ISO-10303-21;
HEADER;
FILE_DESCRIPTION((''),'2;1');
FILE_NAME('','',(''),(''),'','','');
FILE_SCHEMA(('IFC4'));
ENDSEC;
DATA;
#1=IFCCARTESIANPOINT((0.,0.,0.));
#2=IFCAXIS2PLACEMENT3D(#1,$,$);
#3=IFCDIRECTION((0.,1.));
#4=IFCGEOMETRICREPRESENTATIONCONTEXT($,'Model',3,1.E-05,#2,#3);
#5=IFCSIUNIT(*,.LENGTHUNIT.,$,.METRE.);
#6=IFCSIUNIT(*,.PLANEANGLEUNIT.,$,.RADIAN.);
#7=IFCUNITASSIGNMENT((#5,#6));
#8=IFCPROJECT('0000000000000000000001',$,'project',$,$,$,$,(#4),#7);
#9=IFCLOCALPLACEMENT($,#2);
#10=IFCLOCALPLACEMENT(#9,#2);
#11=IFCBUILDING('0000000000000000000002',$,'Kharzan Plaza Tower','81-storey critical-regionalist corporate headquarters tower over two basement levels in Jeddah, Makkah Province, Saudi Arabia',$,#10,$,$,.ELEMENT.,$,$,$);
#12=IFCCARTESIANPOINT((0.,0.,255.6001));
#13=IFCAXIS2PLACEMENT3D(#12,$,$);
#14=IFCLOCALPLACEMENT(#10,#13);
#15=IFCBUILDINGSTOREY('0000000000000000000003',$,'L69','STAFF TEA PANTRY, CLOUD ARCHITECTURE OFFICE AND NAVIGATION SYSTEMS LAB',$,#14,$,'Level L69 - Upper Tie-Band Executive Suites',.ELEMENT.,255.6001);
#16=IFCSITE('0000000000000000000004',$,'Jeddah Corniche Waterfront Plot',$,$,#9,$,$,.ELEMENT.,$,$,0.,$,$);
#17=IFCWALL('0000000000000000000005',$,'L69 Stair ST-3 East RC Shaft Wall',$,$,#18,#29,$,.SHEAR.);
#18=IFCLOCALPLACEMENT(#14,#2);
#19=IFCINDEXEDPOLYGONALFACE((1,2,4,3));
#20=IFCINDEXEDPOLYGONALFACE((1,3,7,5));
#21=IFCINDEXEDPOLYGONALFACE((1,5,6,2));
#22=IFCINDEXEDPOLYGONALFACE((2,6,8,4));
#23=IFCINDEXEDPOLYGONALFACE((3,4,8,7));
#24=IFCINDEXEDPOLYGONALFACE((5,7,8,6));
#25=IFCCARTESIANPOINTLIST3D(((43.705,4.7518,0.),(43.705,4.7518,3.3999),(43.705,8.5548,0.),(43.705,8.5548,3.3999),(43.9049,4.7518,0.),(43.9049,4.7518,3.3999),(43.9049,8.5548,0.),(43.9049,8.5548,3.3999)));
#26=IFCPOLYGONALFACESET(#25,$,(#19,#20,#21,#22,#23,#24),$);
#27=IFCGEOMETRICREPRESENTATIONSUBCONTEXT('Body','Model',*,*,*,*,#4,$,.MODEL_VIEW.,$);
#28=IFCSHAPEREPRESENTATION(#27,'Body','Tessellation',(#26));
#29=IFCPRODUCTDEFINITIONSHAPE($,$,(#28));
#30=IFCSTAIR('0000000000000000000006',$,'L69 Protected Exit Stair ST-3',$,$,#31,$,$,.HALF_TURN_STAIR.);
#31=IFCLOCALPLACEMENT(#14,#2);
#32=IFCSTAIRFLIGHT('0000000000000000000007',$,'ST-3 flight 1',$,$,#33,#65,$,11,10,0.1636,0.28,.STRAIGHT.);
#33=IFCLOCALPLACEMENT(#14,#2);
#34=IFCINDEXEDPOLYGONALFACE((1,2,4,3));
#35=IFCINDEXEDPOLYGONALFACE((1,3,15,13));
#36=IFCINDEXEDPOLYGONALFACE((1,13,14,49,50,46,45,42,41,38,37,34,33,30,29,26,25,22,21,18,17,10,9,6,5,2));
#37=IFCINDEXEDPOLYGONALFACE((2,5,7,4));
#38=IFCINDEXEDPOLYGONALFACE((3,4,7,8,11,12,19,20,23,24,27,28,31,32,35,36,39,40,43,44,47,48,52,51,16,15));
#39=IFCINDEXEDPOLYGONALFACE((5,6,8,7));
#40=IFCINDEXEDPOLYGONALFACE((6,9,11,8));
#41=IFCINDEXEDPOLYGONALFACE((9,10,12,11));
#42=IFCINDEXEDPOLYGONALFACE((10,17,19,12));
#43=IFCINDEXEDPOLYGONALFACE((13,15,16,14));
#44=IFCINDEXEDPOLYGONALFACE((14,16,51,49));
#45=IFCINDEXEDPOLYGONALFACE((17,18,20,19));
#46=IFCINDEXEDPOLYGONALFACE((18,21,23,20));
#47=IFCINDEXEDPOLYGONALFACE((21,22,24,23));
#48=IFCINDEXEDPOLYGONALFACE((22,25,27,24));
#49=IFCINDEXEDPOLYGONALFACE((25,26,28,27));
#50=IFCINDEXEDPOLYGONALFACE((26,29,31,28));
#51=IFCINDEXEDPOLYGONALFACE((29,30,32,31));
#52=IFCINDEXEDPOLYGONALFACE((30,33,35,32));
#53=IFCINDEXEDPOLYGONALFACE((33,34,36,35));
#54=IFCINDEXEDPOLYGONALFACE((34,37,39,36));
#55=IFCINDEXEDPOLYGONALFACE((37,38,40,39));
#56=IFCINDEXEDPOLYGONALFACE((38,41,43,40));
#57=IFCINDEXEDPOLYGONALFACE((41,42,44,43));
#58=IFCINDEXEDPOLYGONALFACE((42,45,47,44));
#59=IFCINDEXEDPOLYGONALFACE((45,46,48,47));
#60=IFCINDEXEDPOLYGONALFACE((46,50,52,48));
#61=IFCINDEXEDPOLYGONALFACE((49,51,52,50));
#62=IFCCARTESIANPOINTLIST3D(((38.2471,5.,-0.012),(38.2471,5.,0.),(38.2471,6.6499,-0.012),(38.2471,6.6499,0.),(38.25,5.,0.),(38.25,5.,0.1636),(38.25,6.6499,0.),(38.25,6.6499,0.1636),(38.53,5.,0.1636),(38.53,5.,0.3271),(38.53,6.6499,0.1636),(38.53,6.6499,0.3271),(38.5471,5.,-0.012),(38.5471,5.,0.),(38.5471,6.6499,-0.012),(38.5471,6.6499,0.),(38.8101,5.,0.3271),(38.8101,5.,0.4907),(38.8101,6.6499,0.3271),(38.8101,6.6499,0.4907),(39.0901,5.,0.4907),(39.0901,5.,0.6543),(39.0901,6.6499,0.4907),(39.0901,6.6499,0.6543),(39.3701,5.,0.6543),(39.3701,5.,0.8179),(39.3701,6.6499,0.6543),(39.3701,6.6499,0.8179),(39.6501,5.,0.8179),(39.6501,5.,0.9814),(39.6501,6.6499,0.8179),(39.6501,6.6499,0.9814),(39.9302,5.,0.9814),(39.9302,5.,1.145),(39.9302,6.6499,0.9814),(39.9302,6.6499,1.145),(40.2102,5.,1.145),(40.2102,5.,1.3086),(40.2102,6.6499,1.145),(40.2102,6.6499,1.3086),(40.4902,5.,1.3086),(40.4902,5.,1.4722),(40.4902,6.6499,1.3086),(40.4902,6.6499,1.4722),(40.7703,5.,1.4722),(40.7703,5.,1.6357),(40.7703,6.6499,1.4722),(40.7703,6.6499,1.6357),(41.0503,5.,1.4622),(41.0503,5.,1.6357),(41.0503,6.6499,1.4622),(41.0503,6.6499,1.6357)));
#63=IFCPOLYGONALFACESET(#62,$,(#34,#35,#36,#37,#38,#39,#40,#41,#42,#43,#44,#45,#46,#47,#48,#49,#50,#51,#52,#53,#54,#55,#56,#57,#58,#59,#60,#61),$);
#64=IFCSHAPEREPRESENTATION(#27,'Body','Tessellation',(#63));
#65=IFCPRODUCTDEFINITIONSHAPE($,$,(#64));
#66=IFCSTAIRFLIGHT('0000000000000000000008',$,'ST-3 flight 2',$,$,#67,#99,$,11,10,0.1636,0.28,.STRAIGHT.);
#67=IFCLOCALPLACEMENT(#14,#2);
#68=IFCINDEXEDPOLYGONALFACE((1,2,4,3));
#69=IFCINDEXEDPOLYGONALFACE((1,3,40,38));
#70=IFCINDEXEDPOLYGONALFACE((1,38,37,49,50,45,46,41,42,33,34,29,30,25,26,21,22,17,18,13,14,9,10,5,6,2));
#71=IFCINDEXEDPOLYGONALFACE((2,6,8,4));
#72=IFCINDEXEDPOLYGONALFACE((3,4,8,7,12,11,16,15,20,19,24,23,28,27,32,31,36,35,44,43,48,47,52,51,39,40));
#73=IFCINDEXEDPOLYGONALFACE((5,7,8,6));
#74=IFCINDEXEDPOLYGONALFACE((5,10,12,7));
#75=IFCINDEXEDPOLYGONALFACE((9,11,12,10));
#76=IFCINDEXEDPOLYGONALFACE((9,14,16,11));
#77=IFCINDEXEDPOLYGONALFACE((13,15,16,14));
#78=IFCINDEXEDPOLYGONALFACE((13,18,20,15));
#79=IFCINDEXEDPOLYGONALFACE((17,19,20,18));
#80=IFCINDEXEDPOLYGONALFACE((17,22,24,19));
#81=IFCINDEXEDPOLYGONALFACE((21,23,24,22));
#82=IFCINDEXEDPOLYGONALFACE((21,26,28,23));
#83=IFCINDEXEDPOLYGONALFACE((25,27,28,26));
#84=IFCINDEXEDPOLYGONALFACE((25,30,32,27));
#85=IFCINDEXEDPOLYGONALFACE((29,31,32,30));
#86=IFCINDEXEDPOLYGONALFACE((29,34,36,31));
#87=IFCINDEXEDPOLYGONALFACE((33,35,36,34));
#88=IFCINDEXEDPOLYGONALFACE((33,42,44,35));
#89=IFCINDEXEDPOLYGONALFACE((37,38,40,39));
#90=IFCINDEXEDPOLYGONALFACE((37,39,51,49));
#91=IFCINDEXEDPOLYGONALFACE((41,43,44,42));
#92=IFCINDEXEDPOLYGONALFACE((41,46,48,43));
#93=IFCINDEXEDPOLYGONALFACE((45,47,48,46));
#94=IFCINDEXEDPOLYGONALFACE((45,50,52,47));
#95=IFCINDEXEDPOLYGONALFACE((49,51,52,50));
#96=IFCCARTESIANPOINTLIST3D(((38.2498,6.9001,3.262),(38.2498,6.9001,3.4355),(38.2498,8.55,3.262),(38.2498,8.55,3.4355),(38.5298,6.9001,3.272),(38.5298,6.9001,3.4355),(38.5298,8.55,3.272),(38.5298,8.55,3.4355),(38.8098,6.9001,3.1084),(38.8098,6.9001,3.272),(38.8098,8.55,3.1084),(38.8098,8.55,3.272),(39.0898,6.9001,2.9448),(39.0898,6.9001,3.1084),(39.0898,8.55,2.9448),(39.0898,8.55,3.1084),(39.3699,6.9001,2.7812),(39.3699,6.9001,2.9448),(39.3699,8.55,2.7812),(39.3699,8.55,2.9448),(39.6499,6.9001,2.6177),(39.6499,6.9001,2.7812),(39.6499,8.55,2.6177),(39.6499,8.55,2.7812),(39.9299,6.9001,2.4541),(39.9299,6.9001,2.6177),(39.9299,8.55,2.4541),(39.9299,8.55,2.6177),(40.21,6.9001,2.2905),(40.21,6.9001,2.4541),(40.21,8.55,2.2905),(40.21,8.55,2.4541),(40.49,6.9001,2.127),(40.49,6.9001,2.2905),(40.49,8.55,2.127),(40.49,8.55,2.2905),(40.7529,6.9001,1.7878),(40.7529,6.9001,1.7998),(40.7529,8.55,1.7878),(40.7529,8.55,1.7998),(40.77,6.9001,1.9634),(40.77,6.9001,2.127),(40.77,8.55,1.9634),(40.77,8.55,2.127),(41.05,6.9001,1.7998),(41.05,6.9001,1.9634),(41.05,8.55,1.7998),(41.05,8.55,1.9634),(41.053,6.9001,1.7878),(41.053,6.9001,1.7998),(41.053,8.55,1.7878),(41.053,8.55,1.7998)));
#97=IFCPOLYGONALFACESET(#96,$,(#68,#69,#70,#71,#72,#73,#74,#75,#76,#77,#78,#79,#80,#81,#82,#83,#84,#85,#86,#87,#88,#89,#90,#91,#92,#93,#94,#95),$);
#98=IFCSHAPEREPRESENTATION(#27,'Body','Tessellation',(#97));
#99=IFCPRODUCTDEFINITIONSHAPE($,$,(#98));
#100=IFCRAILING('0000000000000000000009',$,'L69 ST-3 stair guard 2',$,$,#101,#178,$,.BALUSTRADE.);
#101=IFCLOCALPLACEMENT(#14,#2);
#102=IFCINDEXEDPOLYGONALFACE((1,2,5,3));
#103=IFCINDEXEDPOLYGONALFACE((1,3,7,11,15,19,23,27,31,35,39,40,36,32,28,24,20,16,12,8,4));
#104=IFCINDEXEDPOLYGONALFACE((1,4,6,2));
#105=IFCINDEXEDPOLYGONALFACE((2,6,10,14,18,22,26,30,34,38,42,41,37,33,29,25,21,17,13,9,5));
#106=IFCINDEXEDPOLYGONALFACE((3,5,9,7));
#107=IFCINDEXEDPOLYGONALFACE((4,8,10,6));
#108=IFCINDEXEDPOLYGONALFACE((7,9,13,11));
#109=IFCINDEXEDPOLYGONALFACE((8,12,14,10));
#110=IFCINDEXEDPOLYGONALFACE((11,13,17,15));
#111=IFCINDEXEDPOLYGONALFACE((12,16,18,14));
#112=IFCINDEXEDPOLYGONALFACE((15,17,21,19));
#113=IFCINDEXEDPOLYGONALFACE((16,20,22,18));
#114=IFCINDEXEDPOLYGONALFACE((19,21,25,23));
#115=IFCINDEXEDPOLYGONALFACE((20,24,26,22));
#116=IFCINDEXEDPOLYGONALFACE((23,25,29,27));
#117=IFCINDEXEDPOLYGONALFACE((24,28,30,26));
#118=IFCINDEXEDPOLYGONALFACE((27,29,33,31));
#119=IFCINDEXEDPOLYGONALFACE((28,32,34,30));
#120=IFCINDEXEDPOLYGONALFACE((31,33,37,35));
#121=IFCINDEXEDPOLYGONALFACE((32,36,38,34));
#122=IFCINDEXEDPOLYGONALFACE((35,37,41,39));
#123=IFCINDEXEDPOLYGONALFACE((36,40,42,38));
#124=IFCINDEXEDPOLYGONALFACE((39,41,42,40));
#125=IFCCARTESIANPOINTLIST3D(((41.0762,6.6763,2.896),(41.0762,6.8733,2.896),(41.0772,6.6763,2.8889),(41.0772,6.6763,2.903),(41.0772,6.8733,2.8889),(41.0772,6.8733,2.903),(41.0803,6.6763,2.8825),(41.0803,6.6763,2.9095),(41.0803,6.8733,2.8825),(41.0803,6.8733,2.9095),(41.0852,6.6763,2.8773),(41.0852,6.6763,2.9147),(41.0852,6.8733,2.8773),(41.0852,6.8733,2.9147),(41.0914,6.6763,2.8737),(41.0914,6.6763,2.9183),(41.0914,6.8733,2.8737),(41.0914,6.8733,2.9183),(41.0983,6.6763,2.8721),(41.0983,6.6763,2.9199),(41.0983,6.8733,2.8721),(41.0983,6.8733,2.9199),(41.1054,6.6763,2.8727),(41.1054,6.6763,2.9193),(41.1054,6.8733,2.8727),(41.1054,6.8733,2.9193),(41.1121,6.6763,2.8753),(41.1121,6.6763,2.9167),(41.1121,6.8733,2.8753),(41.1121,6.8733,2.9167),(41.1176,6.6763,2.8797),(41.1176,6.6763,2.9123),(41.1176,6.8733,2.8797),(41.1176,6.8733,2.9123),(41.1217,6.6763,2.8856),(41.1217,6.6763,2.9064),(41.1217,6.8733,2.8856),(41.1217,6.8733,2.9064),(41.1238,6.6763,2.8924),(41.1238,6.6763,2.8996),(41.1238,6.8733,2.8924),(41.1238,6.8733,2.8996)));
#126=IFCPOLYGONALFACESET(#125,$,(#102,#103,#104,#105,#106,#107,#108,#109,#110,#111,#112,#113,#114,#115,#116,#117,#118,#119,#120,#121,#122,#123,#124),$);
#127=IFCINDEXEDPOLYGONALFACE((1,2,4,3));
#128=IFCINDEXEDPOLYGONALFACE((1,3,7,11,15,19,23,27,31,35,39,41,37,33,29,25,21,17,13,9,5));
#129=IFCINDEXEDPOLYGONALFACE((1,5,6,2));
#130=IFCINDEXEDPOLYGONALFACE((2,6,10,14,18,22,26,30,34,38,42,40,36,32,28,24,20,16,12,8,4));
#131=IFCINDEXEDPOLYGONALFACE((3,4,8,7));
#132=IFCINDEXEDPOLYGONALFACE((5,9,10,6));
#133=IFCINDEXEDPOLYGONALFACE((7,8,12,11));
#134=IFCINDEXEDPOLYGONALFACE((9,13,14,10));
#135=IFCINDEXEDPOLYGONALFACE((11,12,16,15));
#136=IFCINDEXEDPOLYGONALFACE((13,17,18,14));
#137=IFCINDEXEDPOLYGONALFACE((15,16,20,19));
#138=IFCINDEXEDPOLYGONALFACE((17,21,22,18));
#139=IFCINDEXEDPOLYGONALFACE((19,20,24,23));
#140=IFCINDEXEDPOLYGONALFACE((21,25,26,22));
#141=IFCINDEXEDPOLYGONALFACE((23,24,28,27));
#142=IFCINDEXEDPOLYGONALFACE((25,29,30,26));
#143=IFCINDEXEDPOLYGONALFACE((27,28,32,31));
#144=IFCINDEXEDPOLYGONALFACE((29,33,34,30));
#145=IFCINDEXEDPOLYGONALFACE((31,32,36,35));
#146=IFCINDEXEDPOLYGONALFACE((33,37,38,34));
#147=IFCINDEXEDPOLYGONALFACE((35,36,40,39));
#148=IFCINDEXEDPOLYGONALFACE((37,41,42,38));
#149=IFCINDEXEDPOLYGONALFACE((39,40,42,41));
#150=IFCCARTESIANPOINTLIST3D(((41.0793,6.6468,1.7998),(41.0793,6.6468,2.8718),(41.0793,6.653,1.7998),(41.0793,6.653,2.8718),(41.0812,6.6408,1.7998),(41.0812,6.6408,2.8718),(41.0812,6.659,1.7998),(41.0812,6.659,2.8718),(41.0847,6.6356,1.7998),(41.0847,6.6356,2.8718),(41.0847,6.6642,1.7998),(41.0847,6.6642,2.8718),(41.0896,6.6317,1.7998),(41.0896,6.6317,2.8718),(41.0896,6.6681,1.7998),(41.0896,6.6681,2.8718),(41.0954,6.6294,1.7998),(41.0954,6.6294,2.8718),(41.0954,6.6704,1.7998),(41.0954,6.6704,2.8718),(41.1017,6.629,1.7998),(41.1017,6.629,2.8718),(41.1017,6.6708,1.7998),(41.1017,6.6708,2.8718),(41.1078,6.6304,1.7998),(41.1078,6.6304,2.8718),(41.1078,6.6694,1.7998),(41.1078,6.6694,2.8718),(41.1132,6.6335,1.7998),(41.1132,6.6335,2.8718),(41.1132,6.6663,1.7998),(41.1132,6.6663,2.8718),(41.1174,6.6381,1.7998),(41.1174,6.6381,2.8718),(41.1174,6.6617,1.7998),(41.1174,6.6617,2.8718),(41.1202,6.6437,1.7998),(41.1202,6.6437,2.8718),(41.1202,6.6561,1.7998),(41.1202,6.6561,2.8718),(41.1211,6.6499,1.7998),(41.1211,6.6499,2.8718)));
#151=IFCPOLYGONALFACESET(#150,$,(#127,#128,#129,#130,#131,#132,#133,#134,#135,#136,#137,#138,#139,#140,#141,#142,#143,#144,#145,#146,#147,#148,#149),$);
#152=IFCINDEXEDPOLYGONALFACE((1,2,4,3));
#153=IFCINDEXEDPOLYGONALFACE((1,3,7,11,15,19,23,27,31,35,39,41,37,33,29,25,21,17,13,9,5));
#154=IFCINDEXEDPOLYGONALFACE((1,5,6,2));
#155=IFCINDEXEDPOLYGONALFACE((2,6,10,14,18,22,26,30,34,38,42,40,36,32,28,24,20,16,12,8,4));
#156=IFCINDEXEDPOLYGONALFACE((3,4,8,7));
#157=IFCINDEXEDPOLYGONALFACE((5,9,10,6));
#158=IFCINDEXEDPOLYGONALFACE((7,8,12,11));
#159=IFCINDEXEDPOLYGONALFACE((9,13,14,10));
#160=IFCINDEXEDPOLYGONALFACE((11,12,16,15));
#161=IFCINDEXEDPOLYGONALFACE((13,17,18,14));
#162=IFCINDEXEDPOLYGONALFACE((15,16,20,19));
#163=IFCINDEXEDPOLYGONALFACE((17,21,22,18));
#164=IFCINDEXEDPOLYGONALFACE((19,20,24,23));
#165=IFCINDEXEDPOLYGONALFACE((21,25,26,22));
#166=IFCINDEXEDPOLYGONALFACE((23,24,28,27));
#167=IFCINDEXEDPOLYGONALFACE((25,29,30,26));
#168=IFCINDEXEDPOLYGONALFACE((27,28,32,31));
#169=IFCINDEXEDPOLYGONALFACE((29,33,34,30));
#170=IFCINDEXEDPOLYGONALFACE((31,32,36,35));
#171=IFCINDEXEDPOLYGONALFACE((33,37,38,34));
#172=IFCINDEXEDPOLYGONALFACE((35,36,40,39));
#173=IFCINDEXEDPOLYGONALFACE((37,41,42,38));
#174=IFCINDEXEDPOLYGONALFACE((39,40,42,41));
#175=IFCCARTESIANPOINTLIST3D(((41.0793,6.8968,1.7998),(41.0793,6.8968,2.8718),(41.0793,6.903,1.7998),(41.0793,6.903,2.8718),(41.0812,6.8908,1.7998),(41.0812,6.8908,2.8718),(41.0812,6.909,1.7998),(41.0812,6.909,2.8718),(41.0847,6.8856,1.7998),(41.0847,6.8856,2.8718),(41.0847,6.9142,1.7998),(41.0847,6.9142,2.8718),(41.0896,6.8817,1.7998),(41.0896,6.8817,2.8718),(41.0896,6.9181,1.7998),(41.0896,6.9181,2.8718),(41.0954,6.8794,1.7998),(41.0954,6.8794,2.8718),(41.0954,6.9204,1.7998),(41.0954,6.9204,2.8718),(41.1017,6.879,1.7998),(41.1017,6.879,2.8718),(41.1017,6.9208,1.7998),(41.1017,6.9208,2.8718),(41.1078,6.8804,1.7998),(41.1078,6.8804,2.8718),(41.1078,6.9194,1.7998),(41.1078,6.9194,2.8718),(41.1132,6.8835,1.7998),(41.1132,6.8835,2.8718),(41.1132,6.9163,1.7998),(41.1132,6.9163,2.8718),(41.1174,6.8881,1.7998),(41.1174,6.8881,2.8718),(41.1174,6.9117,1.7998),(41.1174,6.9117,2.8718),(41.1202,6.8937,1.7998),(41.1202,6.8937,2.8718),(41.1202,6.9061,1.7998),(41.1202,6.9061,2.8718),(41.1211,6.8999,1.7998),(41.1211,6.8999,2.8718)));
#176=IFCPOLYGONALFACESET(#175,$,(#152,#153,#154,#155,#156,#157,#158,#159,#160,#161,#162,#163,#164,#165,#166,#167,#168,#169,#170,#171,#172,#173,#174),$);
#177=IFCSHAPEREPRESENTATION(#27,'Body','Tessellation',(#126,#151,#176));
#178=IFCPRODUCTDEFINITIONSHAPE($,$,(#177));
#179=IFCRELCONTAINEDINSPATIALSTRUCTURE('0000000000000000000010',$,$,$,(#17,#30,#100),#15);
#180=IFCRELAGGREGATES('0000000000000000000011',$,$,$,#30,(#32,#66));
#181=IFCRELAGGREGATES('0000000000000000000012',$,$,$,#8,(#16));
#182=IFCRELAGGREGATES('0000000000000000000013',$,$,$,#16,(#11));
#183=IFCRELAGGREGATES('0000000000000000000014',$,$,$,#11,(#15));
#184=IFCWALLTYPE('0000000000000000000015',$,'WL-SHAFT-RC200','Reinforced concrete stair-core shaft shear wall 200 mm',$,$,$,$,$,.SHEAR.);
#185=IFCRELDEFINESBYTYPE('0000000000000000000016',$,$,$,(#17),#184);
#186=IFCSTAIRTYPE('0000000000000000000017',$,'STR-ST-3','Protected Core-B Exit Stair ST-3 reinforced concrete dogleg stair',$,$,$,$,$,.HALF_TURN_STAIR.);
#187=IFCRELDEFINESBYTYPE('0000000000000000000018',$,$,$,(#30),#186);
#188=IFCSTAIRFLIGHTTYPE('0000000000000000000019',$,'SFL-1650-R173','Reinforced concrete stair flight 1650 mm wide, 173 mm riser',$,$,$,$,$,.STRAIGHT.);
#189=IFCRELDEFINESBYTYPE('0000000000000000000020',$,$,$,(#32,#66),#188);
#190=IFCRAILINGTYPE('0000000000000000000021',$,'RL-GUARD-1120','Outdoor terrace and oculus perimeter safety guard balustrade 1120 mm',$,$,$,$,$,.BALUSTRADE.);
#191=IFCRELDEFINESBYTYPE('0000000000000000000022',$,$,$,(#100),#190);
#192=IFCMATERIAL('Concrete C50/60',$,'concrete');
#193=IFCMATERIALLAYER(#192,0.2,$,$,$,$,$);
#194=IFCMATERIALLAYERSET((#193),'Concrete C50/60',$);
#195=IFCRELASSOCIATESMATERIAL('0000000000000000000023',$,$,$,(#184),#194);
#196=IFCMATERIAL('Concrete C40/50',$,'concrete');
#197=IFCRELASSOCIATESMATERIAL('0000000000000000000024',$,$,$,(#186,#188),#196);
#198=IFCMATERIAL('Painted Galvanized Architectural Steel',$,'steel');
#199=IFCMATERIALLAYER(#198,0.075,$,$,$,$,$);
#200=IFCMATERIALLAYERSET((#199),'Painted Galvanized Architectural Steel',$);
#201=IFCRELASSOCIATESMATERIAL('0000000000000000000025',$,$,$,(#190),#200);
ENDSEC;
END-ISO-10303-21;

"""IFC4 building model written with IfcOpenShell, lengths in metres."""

from ifc_helpers import new_model, si_unit, direction, frame, frame_2d, origin, origin_2d, place, context, subcontext, project, spatial, polyline, rectangle, circle, outline, extrude, source, transform, mapped, material, layer, layer_set, type_object, element, aggregate, save


model = new_model("IFC4")

# Units and contexts
model_context = context("Model", 3, precision=1e-05, world=origin(), true_north=direction((0.0, 1.0)))
body_context = subcontext(model_context, "Body", "Model", "MODEL_VIEW")
ifc_project = project(units=[si_unit("LENGTHUNIT", "METRE"), si_unit("PLANEANGLEUNIT", "RADIAN")], contexts=[model_context])

# Site, building, storey
site_placement = place(None, origin())
site = spatial("IfcSite", under=ifc_project, at=site_placement, Name="Jeddah Corniche Waterfront Plot", CompositionType="ELEMENT", RefElevation=0.0)
building_placement = place(site_placement, origin())
building = spatial("IfcBuilding", under=site, at=building_placement, Name="Kharzan Plaza Tower", Description="81-storey critical-regionalist corporate headquarters tower over two basement levels in Jeddah, Makkah Province, Saudi Arabia", CompositionType="ELEMENT")
storey_placement = place(building_placement, frame((0.0, 0.0, 255.6001)))
storey = spatial("IfcBuildingStorey", under=building, at=storey_placement, Name="L69", Description="STAFF TEA PANTRY, CLOUD ARCHITECTURE OFFICE AND NAVIGATION SYSTEMS LAB", LongName="Level L69 - Upper Tie-Band Executive Suites", CompositionType="ELEMENT", Elevation=255.6001)

# Shared definitions
ifc_material_1 = material(Name="Concrete C50/60", Category="concrete")

# Shared definitions
ifc_material_2 = material(Name="Concrete C40/50", Category="concrete")

# Wall
ifc_layer_1 = layer(ifc_material_1, 0.2)
ifc_layer_set_1 = layer_set([ifc_layer_1], Name="Concrete C50/60")
wall_type_1 = type_object("IfcWallType", Name="WL-SHAFT-RC200", Description="Reinforced concrete stair-core shaft shear wall 200 mm", PredefinedType="SHEAR", material=ifc_layer_set_1)
shared_shape_1 = source(origin(), body_context, "Body", "SweptSolid", [
    extrude(rectangle(XDim=3.803, YDim=0.2, at=frame_2d((1.9014, 0.0))), origin(), (0.0, 0.0, 1.0), 3.3999),
])
wall_1_placement = place(storey_placement, frame((43.8049, 4.752, 0.0), z_axis=(0.0, 0.0, 1.0), x_axis=(0.0, 1.0, 0.0)))
element("IfcWall", 1, at=wall_1_placement, inside=storey, type_object=wall_type_1, Name="L69 Stair ST-3 East RC Shaft Wall", PredefinedType="SHEAR", context=body_context, shape_type="MappedRepresentation", body=[
    mapped(shared_shape_1, transform((0.0, 0.0, 0.0), x_axis=(1.0, 0.0, 0.0), y_axis=(0.0, 1.0, 0.0), z_axis=(0.0, 0.0, 1.0))),
])

# Stair, stair flights
stair_type = type_object("IfcStairType", Name="STR-ST-3", Description="Protected Core-B Exit Stair ST-3 reinforced concrete dogleg stair", PredefinedType="HALF_TURN_STAIR", material=ifc_material_2)
stair_placement = place(storey_placement, origin())
stair = element("IfcStair", 2, at=stair_placement, inside=storey, type_object=stair_type, Name="L69 Protected Exit Stair ST-3", PredefinedType="HALF_TURN_STAIR")
stair_flight_type = type_object("IfcStairFlightType", Name="SFL-1650-R173", Description="Reinforced concrete stair flight 1650 mm wide, 173 mm riser", PredefinedType="STRAIGHT", material=ifc_material_2)
shared_shape_2 = source(origin(), body_context, "Body", "SweptSolid", [
    extrude(outline(polyline([(-0.0029, -0.012), (-0.0029, 0.0), (0.0, 0.0), (0.0, 0.1636), (0.28, 0.1636), (0.28, 0.3271), (0.5601, 0.3271), (0.5601, 0.4907), (0.8401, 0.4907), (0.8401, 0.6543), (1.1201, 0.6543), (1.1201, 0.8179), (1.4001, 0.8179), (1.4001, 0.9814), (1.6802, 0.9814), (1.6802, 1.145), (1.9602, 1.145), (1.9602, 1.3086), (2.2402, 1.3086), (2.2402, 1.4722), (2.5203, 1.4722), (2.5203, 1.6357), (2.8003, 1.6357), (2.8003, 1.7993), (2.8003, 1.4622), (0.2971, 0.0), (0.2971, -0.012), (-0.0029, -0.012)])), frame((0.0, 0.825, 0.0), z_axis=(0.0, -1.0, 0.0), x_axis=(1.0, 0.0, 0.0)), (0.0, 0.0, 1.0), 1.6499),
])
stair_flight_1_placement = place(storey_placement, frame((38.25, 5.825, 0.0), z_axis=(0.0, 0.0, 1.0), x_axis=(1.0, 0.0, 0.0)))
stair_flight_1 = element("IfcStairFlight", 3, at=stair_flight_1_placement, type_object=stair_flight_type, Name="ST-3 flight 1", NumberOfRisers=11, NumberOfTreads=10, PredefinedType="STRAIGHT", RiserHeight=0.1636, TreadLength=0.28, context=body_context, shape_type="MappedRepresentation", body=[
    mapped(shared_shape_2, transform((0.0, 0.0, 0.0), x_axis=(1.0, 0.0, 0.0), y_axis=(0.0, 1.0, 0.0), z_axis=(0.0, 0.0, 1.0))),
])
stair_flight_2_placement = place(storey_placement, frame((41.05, 7.7251, 1.7998), z_axis=(0.0, 0.0, 1.0), x_axis=(-1.0, 0.0, 0.0)))
stair_flight_2 = element("IfcStairFlight", 4, at=stair_flight_2_placement, type_object=stair_flight_type, Name="ST-3 flight 2", NumberOfRisers=11, NumberOfTreads=10, PredefinedType="STRAIGHT", RiserHeight=0.1636, TreadLength=0.28, context=body_context, shape_type="MappedRepresentation", body=[
    mapped(shared_shape_2, transform((0.0, 0.0, 0.0), x_axis=(1.0, 0.0, 0.0), y_axis=(0.0, 1.0, 0.0), z_axis=(0.0, 0.0, 1.0))),
])
aggregate(stair, [stair_flight_1, stair_flight_2])

# Railing
ifc_material_3 = material(Name="Painted Galvanized Architectural Steel", Category="steel")
ifc_layer_2 = layer(ifc_material_3, 0.075)
ifc_layer_set_2 = layer_set([ifc_layer_2], Name="Painted Galvanized Architectural Steel")
railing_type_1 = type_object("IfcRailingType", Name="RL-GUARD-1120", Description="Outdoor terrace and oculus perimeter safety guard balustrade 1120 mm", PredefinedType="BALUSTRADE", material=ifc_layer_set_2)
shared_shape_3 = source(origin(), body_context, "Body", "SweptSolid", [
    extrude(circle(Radius=0.0239, at=origin_2d()), frame((0.0, 0.0264, 1.0962), z_axis=(0.0, 1.0, 0.0), x_axis=(-1.0, 0.0, 0.0)), (0.0, 0.0, 1.0), 0.197),
    extrude(circle(Radius=0.021, at=origin_2d()), origin(), (0.0, 0.0, 1.0), 1.072),
    extrude(circle(Radius=0.021, at=origin_2d()), frame((0.0, 0.25, 0.0)), (0.0, 0.0, 1.0), 1.072),
])
for number, where, name in (
    (5, (41.1001, 6.6499, 1.7998), "L69 ST-3 stair guard 2"),
):
    element("IfcRailing", number, at=place(storey_placement, frame(where)), inside=storey, type_object=railing_type_1, Name=name, PredefinedType="BALUSTRADE", context=body_context, shape_type="MappedRepresentation", body=[
        mapped(shared_shape_3, transform((0.0, 0.0, 0.0), x_axis=(1.0, 0.0, 0.0), y_axis=(0.0, 1.0, 0.0), z_axis=(0.0, 0.0, 1.0))),
    ])

save(model, "model.ifc")
